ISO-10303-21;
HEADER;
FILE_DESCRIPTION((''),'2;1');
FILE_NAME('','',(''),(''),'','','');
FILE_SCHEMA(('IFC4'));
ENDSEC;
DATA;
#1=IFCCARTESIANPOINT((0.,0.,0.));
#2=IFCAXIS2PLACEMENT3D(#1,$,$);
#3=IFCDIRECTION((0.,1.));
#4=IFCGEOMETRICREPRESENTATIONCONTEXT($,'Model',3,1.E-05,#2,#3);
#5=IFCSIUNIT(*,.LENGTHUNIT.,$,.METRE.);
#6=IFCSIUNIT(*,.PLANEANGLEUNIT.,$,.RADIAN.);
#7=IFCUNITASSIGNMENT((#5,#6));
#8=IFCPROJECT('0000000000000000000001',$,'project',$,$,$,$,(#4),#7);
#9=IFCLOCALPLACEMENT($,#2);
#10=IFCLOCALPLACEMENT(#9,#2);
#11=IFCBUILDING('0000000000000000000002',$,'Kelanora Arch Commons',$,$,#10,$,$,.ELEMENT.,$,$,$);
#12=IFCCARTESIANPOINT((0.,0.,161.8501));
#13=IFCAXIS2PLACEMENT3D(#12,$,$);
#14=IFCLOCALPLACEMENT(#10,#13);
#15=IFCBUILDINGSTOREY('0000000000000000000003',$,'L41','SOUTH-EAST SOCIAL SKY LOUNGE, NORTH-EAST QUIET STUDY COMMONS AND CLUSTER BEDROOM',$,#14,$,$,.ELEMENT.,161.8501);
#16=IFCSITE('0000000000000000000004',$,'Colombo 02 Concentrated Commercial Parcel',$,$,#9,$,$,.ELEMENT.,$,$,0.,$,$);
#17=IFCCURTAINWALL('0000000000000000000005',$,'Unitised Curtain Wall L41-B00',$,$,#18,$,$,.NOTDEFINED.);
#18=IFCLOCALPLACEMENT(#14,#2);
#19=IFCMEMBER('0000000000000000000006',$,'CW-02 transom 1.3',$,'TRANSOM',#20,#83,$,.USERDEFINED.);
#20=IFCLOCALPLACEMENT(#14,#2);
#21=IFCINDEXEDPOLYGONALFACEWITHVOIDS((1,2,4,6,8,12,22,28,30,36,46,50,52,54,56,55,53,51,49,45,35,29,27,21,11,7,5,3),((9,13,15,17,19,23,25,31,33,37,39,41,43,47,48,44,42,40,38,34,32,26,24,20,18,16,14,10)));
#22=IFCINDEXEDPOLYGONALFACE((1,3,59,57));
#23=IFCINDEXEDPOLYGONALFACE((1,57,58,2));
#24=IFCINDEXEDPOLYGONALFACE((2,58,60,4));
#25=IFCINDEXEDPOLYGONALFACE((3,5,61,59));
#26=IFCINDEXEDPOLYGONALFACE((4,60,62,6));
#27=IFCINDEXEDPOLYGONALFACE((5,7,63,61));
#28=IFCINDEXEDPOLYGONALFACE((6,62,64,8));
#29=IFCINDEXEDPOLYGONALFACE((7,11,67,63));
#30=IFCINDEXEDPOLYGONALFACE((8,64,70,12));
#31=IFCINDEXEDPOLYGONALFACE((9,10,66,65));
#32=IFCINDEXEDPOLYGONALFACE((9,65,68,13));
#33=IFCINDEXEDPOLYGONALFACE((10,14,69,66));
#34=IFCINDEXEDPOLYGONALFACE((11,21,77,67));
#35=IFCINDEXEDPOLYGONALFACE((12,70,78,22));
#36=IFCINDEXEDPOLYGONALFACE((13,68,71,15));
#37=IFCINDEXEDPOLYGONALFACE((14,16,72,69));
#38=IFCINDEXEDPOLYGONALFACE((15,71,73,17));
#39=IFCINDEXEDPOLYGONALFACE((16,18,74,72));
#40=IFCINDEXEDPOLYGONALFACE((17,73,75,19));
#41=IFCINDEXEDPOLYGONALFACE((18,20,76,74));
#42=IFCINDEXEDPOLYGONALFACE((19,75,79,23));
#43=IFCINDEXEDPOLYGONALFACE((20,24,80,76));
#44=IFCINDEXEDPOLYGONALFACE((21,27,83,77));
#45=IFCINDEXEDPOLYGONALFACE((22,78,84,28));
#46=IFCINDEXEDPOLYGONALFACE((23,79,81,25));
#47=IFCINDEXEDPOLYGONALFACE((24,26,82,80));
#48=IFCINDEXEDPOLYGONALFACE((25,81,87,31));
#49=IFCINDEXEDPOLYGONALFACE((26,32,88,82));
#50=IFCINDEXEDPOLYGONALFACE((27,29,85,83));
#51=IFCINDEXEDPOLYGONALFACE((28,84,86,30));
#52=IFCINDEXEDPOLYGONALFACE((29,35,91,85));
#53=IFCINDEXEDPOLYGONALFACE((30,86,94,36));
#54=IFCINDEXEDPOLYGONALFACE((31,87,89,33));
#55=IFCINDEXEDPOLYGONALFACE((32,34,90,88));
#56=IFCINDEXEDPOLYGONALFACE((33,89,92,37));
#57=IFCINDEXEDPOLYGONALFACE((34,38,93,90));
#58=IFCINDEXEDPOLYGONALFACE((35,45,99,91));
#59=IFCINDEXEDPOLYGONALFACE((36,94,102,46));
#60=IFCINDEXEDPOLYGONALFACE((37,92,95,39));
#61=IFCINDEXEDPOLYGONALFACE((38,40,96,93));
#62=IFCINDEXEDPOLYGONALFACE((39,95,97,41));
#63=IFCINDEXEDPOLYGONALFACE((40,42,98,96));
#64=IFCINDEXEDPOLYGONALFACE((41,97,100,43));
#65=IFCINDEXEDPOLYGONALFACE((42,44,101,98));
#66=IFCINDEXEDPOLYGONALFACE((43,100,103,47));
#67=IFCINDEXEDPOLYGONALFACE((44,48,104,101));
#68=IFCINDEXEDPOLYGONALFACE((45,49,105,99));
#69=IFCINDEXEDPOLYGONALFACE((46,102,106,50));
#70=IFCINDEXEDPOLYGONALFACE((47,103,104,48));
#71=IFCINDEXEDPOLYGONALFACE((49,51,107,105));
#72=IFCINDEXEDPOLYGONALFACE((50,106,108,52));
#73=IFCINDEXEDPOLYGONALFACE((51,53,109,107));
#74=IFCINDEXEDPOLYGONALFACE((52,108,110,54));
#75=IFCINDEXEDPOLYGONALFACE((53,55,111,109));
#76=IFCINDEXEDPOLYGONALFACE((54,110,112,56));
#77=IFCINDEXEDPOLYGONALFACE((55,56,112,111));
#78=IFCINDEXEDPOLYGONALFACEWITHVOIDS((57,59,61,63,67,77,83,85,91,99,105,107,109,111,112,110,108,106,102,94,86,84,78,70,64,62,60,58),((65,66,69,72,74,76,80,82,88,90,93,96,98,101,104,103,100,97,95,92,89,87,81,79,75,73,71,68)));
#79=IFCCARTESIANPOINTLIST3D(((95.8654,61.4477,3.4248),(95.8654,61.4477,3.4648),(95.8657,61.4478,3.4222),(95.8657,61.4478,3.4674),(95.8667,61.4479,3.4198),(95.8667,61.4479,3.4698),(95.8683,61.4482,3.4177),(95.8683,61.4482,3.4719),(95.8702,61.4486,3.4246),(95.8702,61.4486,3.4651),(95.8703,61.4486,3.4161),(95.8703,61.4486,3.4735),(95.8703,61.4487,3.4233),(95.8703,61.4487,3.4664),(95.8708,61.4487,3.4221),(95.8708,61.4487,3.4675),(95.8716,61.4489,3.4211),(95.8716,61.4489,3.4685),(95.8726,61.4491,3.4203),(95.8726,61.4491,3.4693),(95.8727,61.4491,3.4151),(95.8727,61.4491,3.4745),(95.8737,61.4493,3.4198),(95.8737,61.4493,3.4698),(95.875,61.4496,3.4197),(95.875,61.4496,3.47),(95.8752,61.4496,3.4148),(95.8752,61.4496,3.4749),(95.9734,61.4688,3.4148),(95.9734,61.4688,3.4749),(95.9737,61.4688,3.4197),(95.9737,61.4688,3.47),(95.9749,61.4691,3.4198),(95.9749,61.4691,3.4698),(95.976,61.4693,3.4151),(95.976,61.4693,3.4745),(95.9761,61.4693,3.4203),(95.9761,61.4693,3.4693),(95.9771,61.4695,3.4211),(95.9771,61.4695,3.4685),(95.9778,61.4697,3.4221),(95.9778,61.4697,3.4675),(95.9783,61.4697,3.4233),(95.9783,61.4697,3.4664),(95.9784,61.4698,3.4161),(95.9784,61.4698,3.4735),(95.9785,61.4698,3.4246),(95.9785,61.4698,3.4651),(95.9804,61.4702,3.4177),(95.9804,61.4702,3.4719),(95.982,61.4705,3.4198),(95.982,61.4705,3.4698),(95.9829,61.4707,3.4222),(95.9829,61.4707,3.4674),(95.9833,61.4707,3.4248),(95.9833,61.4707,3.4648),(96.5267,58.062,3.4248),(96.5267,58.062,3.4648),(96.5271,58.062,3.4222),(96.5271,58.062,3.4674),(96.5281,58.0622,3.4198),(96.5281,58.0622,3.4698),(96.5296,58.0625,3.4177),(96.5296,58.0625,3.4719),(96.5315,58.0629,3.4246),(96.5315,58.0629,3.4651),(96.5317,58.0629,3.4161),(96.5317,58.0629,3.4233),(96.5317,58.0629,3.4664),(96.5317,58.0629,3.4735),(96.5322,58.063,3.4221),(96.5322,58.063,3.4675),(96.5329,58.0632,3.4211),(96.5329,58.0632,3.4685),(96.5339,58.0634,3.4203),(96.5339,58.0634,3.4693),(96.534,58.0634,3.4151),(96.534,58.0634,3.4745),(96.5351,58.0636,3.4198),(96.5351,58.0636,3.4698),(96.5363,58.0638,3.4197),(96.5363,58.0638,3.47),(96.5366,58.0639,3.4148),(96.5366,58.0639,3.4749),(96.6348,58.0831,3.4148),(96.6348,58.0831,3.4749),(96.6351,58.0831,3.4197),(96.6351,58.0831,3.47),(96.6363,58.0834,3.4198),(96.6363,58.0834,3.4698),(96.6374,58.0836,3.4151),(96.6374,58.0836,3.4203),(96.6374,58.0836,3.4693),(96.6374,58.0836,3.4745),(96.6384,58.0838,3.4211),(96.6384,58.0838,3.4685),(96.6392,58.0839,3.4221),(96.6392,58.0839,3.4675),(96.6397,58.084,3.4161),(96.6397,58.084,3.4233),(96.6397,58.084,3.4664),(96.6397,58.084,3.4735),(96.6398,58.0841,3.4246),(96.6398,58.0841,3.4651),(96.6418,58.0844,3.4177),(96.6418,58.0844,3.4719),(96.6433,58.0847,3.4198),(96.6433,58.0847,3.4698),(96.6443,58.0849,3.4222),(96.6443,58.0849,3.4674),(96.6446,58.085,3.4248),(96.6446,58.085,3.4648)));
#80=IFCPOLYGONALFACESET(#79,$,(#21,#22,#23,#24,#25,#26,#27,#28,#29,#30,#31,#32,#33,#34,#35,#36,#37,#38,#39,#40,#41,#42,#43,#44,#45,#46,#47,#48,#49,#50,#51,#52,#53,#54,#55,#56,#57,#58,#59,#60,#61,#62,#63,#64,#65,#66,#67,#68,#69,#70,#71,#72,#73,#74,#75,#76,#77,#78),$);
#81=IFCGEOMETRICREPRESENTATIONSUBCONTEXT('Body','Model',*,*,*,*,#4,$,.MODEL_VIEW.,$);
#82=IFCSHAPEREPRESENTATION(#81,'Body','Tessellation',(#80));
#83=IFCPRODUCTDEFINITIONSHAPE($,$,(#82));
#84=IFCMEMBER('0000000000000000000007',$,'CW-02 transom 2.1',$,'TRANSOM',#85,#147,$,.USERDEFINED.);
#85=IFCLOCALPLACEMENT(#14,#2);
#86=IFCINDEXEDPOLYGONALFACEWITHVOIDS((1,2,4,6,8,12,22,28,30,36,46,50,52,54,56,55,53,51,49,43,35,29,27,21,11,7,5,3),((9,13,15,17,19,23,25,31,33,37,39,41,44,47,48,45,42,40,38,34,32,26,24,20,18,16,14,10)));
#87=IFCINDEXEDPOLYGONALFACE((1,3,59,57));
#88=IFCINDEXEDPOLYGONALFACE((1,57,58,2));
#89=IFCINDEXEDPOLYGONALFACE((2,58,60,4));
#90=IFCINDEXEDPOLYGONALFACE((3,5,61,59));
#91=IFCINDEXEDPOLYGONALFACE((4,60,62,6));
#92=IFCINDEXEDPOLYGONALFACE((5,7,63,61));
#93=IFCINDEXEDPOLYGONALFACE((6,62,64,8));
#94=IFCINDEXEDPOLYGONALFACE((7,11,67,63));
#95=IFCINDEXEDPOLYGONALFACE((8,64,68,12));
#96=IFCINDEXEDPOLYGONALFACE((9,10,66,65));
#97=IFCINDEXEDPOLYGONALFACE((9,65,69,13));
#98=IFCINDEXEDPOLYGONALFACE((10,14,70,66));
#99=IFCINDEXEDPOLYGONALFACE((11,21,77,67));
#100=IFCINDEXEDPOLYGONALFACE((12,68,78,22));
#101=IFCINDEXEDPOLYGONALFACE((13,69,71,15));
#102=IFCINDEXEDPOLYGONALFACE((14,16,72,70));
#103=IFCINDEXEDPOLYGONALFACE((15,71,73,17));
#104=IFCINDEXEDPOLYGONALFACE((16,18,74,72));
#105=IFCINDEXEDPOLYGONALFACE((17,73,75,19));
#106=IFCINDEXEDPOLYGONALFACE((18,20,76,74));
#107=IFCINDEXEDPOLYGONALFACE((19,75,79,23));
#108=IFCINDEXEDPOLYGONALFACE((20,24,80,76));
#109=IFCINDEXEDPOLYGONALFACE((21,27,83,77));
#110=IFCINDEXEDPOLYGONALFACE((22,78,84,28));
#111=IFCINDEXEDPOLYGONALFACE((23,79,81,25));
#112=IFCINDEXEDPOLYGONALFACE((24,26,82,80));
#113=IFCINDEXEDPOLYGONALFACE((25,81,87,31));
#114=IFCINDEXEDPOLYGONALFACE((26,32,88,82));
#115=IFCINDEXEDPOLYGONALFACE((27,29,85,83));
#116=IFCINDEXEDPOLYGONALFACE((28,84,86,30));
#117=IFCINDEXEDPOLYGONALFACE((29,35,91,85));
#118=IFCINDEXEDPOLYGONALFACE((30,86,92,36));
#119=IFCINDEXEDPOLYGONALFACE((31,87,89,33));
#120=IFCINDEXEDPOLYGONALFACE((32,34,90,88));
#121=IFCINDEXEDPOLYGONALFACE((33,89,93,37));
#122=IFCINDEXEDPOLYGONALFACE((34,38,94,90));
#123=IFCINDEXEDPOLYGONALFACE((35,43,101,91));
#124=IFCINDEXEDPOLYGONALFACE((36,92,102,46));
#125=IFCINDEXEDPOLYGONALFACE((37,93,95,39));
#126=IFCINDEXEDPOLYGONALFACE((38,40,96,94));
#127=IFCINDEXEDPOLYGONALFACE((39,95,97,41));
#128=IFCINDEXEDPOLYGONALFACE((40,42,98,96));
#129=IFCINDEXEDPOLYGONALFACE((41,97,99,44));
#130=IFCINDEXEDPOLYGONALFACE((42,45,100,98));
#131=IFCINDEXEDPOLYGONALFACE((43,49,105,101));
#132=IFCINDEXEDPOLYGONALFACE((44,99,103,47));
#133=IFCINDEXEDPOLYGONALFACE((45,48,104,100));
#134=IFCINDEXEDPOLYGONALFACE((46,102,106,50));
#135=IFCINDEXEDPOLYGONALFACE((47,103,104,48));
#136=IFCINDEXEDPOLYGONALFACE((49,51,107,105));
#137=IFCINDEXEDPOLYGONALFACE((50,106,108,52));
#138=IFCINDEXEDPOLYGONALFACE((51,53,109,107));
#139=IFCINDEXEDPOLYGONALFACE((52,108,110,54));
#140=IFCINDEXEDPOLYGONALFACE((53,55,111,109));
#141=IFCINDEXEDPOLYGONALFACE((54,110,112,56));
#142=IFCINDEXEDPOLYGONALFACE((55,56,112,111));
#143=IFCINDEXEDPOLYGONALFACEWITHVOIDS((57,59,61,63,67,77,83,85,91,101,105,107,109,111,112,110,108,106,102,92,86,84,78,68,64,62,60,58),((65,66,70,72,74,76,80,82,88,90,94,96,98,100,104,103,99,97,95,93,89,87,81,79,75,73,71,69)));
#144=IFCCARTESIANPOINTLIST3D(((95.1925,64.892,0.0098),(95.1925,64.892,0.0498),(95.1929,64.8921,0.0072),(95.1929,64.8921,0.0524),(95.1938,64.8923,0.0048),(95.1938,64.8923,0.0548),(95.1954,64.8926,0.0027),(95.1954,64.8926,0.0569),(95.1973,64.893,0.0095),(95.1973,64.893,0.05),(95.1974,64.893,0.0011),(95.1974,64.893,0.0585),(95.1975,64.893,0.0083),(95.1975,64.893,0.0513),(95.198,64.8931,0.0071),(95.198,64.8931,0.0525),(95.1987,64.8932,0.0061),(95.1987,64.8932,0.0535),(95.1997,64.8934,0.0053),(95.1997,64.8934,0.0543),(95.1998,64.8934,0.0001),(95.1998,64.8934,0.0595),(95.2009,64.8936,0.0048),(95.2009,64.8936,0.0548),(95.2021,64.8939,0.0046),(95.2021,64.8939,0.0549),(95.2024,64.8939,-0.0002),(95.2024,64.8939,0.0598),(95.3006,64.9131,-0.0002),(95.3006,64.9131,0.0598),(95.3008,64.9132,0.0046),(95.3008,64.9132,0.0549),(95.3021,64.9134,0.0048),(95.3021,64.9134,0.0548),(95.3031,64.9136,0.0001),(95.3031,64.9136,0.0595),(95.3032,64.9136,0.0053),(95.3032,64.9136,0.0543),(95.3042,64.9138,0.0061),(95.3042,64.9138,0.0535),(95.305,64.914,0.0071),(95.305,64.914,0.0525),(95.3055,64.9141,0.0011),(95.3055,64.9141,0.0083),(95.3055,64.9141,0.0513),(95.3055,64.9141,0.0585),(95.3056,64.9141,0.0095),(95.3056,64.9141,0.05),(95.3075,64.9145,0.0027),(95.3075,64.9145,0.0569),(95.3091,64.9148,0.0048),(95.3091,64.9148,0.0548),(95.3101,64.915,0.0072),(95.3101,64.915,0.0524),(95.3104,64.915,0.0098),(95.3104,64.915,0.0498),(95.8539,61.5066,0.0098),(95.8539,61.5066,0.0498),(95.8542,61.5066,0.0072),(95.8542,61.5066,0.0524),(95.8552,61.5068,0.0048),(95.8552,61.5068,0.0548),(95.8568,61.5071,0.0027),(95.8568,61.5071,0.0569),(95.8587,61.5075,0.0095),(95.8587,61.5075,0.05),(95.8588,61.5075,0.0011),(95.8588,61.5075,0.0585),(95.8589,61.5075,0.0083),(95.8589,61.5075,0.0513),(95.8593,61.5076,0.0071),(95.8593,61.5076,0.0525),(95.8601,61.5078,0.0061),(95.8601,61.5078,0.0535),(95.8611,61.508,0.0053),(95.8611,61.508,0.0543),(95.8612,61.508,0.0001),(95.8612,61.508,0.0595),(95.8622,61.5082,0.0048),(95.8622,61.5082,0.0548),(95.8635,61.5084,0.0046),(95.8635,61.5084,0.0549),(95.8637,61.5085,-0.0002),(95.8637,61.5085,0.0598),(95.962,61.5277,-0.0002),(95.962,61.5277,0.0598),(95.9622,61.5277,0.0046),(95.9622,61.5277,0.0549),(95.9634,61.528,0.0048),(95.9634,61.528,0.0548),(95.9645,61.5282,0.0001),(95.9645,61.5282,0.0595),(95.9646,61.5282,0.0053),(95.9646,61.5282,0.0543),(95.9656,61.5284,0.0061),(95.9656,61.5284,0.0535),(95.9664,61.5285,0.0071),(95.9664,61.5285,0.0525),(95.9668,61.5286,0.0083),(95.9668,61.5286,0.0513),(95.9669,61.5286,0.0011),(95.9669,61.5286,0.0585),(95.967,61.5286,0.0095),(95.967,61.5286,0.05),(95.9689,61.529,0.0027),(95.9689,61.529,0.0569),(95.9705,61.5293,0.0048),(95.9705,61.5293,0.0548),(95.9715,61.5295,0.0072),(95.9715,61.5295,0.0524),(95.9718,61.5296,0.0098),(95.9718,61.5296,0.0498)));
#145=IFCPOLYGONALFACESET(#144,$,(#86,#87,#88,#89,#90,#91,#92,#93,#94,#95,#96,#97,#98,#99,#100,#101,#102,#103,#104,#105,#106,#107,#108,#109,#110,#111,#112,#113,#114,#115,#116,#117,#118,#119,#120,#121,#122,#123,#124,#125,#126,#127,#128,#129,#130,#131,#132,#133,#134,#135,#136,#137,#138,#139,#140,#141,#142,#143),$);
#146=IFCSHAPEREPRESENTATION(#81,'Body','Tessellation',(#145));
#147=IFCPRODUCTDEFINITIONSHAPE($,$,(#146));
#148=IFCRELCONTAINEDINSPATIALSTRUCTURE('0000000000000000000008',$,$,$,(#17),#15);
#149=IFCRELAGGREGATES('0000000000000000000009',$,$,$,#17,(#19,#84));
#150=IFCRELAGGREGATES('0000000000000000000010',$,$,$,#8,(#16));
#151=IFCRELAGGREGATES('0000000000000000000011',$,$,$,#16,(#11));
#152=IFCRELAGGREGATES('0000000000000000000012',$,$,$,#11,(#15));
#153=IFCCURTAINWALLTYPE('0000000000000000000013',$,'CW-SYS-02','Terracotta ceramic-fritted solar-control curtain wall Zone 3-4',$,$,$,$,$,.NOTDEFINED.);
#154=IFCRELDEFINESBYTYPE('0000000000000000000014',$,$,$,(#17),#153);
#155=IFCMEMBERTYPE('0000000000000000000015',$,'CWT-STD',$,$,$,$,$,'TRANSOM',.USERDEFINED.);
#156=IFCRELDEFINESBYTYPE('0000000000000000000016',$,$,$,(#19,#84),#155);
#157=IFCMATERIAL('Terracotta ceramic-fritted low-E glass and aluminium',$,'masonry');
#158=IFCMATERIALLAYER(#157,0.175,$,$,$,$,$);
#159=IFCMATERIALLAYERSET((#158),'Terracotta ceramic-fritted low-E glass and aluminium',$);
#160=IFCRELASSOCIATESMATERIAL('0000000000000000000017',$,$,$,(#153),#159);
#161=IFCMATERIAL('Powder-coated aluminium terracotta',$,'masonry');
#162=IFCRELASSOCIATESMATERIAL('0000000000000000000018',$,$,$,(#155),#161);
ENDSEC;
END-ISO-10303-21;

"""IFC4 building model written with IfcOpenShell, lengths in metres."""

from ifc_helpers import new_model, si_unit, direction, frame, origin, origin_2d, place, context, subcontext, project, spatial, hollow_rectangle, extrude, material, layer, layer_set, material_profile, profile_set, type_object, element, aggregate, save


model = new_model("IFC4")

# Units and contexts
model_context = context("Model", 3, precision=1e-05, world=origin(), true_north=direction((0.0, 1.0)))
body_context = subcontext(model_context, "Body", "Model", "MODEL_VIEW")
ifc_project = project(units=[si_unit("LENGTHUNIT", "METRE"), si_unit("PLANEANGLEUNIT", "RADIAN")], contexts=[model_context])

# Site, building, storey
site_placement = place(None, origin())
site = spatial("IfcSite", under=ifc_project, at=site_placement, Name="Colombo 02 Concentrated Commercial Parcel", CompositionType="ELEMENT", RefElevation=0.0)
building_placement = place(site_placement, origin())
building = spatial("IfcBuilding", under=site, at=building_placement, Name="Kelanora Arch Commons", CompositionType="ELEMENT")
storey_placement = place(building_placement, frame((0.0, 0.0, 161.8501)))
storey = spatial("IfcBuildingStorey", under=building, at=storey_placement, Name="L41", Description="SOUTH-EAST SOCIAL SKY LOUNGE, NORTH-EAST QUIET STUDY COMMONS AND CLUSTER BEDROOM", CompositionType="ELEMENT", Elevation=161.8501)

# Curtain wall, members
ifc_material_1 = material(Name="Terracotta ceramic-fritted low-E glass and aluminium", Category="masonry")
ifc_layer_1 = layer(ifc_material_1, 0.175)
ifc_layer_set_1 = layer_set([ifc_layer_1], Name="Terracotta ceramic-fritted low-E glass and aluminium")
curtain_wall_type = type_object("IfcCurtainWallType", Name="CW-SYS-02", Description="Terracotta ceramic-fritted solar-control curtain wall Zone 3-4", PredefinedType="NOTDEFINED", material=ifc_layer_set_1)
curtain_wall_placement = place(storey_placement, origin())
curtain_wall = element("IfcCurtainWall", 1, at=curtain_wall_placement, inside=storey, type_object=curtain_wall_type, Name="Unitised Curtain Wall L41-B00", PredefinedType="NOTDEFINED")
ifc_material_2 = material(Name="Powder-coated aluminium terracotta", Category="masonry")
ifc_material_profile_1 = material_profile(ifc_material_2, hollow_rectangle(XDim=0.1201, YDim=0.0601, WallThickness=0.0049, InnerFilletRadius=0.0049, OuterFilletRadius=0.01, at=origin_2d()), Name="CWT120x60")
ifc_profile_set_1 = profile_set([ifc_material_profile_1], Name="Powder-coated aluminium terracotta")
member_type_1 = type_object("IfcMemberType", Name="CWT-STD", ElementType="TRANSOM", PredefinedType="USERDEFINED", material=ifc_profile_set_1)
member_1_placement = place(storey_placement, frame((96.5857, 58.0735, 3.4448), z_axis=(-0.191718, 0.98145, 0.0), x_axis=(-0.98145, -0.191718, 0.0)))
member_1 = element("IfcMember", 2, at=member_1_placement, type_object=member_type_1, Name="CW-02 transom 1.3", ObjectType="TRANSOM", PredefinedType="USERDEFINED", context=body_context, shape_type="SweptSolid", body=[
    extrude(hollow_rectangle(XDim=0.1201, YDim=0.0601, WallThickness=0.0049, InnerFilletRadius=0.0049, OuterFilletRadius=0.01, at=origin_2d()), origin(), (0.0, 0.0, 1.0), 3.4497),
])
member_2_placement = place(storey_placement, frame((95.9128, 61.5181, 0.0298), z_axis=(-0.191732, 0.981447, 0.0), x_axis=(-0.981447, -0.191732, 0.0)))
member_2 = element("IfcMember", 3, at=member_2_placement, type_object=member_type_1, Name="CW-02 transom 2.1", ObjectType="TRANSOM", PredefinedType="USERDEFINED", context=body_context, shape_type="SweptSolid", body=[
    extrude(hollow_rectangle(XDim=0.1201, YDim=0.0601, WallThickness=0.0049, InnerFilletRadius=0.0049, OuterFilletRadius=0.01, at=origin_2d()), origin(), (0.0, 0.0, 1.0), 3.4495),
])
aggregate(curtain_wall, [member_1, member_2])

save(model, "model.ifc")
